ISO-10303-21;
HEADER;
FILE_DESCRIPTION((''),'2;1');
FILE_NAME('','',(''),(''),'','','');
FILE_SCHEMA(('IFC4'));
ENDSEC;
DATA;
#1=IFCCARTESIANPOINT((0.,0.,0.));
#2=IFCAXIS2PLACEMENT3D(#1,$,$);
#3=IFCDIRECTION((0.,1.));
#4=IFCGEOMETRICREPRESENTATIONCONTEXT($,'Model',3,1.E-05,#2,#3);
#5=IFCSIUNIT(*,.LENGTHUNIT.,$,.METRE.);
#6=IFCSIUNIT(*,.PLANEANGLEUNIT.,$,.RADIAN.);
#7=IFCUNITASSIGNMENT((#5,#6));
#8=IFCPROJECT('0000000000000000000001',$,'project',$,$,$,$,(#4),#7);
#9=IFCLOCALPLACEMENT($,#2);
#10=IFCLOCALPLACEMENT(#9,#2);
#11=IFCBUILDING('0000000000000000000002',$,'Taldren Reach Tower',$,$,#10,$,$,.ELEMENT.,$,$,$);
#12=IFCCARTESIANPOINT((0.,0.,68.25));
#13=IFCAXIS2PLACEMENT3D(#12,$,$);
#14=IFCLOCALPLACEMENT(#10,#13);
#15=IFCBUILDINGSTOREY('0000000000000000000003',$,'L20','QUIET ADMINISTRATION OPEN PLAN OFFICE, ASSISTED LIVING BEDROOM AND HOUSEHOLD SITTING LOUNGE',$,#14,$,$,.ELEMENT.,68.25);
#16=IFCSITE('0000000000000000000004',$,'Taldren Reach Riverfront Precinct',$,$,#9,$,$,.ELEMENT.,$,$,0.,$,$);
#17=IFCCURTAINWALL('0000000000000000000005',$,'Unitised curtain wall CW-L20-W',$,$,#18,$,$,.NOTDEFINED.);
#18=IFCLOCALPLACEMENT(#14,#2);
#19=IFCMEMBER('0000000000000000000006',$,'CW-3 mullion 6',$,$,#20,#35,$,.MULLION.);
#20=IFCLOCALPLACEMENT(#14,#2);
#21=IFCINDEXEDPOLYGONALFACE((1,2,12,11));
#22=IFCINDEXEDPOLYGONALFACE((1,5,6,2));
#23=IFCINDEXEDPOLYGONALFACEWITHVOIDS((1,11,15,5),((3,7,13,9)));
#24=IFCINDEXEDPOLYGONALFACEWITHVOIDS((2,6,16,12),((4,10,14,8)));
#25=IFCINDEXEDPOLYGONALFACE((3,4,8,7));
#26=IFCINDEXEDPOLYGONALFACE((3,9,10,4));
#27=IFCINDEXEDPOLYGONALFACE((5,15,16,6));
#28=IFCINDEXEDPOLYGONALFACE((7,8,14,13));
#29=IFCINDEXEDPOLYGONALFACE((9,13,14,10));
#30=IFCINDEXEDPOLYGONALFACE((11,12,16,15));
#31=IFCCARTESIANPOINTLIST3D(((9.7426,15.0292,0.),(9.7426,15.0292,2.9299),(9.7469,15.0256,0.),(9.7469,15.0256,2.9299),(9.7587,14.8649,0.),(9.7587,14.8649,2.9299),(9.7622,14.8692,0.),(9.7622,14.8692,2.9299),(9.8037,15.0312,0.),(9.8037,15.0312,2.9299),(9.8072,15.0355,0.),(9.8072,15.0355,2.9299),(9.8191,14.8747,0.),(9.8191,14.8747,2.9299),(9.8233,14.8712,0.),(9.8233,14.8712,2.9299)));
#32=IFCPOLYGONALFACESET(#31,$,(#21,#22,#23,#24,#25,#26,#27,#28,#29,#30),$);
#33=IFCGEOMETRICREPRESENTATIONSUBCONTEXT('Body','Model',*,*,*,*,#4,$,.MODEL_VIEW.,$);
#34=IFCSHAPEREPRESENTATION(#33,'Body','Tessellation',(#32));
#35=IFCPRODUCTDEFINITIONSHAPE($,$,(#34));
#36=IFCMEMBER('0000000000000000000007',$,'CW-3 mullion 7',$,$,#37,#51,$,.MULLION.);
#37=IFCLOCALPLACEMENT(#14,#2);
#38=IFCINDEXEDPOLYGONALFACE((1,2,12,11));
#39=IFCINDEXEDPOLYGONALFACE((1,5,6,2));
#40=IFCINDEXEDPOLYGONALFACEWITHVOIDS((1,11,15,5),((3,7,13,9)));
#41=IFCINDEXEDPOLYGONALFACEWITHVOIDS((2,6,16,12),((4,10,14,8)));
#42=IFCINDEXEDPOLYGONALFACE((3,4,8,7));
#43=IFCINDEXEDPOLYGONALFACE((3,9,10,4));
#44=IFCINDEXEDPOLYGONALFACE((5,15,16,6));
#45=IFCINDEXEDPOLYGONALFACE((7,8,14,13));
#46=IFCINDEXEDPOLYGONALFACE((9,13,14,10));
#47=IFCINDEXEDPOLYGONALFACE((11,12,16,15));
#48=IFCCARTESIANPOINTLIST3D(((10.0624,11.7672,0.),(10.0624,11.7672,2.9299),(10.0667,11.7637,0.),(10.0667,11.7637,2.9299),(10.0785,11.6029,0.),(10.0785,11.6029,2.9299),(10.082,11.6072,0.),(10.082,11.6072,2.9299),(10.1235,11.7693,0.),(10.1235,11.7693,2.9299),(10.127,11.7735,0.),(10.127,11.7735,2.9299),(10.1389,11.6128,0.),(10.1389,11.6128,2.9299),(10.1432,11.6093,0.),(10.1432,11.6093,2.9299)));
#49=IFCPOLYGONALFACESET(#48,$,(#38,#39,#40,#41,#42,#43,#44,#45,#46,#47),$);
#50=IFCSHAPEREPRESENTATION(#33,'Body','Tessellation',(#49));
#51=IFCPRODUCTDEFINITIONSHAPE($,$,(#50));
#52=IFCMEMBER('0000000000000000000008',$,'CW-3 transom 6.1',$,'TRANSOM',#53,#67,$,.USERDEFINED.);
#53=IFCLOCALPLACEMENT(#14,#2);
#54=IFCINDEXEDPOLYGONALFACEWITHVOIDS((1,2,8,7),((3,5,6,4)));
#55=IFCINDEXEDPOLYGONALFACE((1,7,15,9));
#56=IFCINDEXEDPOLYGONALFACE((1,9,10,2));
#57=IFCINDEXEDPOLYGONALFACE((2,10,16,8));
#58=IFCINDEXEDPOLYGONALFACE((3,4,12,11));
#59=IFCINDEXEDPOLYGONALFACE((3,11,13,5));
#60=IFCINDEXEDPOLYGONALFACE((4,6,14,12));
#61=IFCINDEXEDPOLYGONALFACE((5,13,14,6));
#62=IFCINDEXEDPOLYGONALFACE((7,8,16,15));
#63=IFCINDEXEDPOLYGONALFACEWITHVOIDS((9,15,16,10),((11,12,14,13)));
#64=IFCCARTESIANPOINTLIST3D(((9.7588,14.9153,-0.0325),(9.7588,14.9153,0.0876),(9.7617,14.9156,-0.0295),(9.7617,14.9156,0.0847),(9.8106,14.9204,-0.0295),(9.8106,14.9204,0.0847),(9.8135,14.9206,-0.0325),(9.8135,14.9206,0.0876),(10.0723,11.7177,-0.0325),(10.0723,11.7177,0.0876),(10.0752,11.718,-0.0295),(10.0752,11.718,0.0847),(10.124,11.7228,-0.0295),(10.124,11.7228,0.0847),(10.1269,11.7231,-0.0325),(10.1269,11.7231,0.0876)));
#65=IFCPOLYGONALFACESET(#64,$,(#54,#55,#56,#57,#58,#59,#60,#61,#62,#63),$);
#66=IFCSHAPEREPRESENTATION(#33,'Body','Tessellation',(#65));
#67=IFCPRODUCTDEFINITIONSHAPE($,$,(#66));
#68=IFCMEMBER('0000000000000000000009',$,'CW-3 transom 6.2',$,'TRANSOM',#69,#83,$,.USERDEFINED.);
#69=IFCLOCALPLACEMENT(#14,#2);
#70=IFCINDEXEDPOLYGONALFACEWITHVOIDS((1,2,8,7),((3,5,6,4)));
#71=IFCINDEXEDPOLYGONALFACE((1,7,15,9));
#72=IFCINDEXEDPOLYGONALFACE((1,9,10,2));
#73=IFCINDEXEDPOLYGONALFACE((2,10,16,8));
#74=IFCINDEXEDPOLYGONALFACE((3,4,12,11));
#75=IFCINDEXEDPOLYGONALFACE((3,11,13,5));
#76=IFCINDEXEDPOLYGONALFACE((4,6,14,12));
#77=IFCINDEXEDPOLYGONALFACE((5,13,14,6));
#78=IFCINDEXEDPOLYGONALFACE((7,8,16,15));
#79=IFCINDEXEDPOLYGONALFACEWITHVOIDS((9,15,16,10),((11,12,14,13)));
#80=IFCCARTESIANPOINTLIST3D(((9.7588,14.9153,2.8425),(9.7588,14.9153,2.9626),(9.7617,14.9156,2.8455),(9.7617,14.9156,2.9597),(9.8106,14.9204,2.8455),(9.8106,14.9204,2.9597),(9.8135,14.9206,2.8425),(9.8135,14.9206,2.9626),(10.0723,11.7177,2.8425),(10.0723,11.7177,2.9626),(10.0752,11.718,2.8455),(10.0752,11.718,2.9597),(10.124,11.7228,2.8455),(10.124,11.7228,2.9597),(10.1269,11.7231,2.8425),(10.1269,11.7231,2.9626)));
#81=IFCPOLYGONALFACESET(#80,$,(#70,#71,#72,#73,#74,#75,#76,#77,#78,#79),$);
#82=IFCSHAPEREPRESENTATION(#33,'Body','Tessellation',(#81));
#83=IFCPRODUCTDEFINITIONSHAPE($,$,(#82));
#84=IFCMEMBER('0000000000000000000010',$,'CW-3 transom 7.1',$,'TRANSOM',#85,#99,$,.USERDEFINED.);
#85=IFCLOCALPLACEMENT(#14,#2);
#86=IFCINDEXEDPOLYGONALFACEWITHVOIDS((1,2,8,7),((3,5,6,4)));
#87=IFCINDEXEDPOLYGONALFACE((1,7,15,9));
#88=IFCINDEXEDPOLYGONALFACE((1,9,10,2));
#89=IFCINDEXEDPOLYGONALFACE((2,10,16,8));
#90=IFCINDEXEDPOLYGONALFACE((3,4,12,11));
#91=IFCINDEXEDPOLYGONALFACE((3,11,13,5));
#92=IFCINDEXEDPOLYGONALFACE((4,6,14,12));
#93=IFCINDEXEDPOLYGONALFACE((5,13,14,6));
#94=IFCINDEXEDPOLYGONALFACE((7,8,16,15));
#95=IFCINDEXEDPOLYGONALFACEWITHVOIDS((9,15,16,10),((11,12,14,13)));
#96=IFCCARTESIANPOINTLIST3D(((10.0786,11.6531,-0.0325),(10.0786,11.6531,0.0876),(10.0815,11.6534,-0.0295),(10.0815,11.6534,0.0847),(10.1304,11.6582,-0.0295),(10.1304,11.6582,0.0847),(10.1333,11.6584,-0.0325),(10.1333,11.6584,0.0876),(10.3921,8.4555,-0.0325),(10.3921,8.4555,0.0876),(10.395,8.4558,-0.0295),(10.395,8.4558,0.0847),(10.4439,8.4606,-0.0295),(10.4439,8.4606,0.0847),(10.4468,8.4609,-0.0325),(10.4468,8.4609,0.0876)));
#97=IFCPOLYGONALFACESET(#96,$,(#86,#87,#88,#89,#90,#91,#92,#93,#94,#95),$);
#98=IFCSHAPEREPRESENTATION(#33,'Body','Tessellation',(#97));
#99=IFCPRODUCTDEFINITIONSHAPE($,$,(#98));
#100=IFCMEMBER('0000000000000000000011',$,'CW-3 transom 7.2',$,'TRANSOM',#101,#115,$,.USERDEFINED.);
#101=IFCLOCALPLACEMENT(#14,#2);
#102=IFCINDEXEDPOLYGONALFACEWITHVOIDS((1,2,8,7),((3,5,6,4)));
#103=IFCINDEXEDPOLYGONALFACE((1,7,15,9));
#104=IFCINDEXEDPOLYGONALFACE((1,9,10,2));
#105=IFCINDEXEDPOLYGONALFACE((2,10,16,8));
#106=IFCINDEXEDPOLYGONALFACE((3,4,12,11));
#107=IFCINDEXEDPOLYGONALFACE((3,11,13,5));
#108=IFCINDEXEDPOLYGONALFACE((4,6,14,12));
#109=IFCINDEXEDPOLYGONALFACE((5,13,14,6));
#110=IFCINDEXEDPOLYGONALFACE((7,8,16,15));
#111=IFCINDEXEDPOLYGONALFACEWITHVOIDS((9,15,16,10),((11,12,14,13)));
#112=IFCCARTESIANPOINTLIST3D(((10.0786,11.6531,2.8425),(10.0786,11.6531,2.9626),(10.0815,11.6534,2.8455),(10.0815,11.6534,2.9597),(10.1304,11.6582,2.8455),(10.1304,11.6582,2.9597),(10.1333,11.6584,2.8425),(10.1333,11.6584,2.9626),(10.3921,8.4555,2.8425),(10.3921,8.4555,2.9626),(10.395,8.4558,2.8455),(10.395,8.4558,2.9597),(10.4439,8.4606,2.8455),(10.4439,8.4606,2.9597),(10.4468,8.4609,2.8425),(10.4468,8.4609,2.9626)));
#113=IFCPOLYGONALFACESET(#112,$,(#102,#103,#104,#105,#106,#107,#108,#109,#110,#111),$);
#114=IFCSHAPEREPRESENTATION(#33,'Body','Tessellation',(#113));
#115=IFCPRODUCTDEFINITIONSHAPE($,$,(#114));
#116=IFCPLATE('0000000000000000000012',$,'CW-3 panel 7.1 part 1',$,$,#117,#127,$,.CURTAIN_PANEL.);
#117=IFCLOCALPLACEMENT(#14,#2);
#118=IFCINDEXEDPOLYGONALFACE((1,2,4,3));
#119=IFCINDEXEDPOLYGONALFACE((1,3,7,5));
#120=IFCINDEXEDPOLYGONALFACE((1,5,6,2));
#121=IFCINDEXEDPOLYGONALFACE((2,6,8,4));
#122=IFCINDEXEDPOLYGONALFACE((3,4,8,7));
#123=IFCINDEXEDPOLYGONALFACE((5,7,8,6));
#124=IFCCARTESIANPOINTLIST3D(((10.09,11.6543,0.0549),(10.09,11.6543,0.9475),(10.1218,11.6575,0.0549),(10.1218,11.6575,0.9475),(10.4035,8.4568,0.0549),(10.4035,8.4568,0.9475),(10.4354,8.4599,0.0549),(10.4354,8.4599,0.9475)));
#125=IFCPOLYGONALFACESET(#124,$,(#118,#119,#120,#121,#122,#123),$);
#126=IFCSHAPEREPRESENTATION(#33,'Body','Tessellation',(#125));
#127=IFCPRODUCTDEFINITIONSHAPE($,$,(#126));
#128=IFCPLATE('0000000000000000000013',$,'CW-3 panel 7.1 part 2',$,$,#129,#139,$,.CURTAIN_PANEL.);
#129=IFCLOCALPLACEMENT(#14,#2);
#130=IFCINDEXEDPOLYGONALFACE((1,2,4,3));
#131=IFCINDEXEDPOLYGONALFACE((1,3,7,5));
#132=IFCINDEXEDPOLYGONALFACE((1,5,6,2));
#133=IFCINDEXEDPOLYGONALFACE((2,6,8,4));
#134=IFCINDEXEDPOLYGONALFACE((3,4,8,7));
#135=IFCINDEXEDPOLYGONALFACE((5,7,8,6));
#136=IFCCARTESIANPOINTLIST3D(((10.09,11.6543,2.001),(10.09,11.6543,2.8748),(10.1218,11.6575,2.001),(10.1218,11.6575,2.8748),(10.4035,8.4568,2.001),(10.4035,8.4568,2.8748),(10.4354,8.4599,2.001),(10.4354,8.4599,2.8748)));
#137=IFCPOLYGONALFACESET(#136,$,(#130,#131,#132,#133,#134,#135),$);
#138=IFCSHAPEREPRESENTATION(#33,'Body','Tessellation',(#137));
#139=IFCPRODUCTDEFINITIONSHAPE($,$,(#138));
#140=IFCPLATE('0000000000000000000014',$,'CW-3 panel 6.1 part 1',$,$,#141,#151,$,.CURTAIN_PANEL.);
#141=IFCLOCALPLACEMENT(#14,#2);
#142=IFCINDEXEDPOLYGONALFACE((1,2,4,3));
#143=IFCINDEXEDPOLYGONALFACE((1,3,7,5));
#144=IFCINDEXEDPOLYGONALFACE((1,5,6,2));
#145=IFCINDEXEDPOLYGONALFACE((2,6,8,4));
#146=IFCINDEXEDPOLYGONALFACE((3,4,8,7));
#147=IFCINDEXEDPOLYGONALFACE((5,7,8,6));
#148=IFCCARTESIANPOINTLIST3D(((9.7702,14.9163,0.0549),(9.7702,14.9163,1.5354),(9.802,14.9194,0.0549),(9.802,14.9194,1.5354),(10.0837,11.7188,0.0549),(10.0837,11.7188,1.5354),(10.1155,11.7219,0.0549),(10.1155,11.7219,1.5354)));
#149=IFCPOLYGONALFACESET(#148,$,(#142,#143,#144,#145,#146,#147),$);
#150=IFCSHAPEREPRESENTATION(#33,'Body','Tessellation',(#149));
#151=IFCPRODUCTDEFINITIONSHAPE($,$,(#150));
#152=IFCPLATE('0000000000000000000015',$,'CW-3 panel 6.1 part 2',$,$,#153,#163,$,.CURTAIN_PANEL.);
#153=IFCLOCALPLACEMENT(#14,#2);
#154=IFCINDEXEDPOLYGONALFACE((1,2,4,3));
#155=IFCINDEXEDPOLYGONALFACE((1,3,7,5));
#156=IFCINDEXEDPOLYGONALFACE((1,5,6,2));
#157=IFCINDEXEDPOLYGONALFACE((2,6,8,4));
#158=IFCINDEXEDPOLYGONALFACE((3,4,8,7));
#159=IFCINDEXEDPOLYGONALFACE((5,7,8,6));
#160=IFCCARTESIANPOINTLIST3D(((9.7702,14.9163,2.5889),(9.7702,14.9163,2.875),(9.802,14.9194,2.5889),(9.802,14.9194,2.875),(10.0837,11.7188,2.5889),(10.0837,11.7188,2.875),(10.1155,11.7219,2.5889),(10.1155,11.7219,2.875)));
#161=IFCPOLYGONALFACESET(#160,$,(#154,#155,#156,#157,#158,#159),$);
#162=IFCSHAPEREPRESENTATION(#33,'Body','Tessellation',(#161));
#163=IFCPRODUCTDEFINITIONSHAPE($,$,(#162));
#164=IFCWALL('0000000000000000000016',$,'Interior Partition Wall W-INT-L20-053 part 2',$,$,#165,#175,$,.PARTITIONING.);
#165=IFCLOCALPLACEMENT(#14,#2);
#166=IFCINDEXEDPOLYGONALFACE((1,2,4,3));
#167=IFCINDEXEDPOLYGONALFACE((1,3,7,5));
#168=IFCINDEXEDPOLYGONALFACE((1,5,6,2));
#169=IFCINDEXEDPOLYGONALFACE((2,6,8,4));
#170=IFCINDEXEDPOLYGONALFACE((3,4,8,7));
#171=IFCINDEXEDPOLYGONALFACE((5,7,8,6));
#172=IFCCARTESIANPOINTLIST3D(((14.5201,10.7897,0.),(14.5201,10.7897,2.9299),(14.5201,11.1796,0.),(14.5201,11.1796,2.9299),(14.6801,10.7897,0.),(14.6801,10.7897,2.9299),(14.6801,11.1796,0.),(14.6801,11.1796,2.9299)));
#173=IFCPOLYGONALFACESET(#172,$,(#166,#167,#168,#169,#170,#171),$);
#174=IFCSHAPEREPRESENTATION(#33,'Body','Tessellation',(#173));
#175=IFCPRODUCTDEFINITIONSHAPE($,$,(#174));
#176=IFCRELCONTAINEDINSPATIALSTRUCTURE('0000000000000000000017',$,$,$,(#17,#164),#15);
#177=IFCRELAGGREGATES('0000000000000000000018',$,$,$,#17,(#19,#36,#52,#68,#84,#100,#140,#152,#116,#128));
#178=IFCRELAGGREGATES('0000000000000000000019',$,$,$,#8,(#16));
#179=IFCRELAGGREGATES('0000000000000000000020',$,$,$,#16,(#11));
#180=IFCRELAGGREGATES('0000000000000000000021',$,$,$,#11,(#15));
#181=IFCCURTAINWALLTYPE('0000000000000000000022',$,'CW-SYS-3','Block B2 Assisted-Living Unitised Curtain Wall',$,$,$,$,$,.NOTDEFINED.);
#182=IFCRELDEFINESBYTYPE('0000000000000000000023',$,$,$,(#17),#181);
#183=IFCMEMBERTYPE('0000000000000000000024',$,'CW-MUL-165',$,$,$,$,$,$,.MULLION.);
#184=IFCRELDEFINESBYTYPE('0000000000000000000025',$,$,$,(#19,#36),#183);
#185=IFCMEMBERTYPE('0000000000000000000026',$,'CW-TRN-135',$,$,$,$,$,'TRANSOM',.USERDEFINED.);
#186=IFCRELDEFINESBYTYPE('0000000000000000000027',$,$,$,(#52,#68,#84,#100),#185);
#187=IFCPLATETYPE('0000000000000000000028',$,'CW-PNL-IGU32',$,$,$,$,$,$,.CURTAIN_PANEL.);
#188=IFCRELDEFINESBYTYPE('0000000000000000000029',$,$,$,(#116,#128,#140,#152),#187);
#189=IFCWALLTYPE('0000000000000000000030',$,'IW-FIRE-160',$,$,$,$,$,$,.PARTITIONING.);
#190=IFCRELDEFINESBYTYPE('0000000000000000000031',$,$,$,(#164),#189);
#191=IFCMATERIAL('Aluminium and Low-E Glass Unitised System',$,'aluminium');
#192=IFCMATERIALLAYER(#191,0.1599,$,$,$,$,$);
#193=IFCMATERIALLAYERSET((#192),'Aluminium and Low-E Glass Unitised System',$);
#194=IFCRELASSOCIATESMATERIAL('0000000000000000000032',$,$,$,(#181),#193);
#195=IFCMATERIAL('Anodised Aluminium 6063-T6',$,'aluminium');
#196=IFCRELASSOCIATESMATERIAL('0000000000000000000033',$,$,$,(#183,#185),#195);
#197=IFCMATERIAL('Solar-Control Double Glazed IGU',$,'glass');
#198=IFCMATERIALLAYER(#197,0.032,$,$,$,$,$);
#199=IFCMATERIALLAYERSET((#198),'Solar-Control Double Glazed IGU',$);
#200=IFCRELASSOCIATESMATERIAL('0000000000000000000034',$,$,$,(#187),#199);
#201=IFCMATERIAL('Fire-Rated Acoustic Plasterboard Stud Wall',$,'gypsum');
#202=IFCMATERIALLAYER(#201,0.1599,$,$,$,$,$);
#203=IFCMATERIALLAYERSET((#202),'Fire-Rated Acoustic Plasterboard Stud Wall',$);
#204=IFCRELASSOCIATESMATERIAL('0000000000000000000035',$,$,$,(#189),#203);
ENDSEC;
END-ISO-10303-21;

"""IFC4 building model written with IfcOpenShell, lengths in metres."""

from ifc_helpers import new_model, si_unit, direction, frame, frame_2d, origin, origin_2d, place, context, subcontext, project, spatial, rectangle, hollow_rectangle, extrude, source, transform, mapped, material, layer, layer_set, material_profile, profile_set, type_object, element, aggregate, save


model = new_model("IFC4")

# Units and contexts
model_context = context("Model", 3, precision=1e-05, world=origin(), true_north=direction((0.0, 1.0)))
body_context = subcontext(model_context, "Body", "Model", "MODEL_VIEW")
ifc_project = project(units=[si_unit("LENGTHUNIT", "METRE"), si_unit("PLANEANGLEUNIT", "RADIAN")], contexts=[model_context])

# Site, building, storey
site_placement = place(None, origin())
site = spatial("IfcSite", under=ifc_project, at=site_placement, Name="Taldren Reach Riverfront Precinct", CompositionType="ELEMENT", RefElevation=0.0)
building_placement = place(site_placement, origin())
building = spatial("IfcBuilding", under=site, at=building_placement, Name="Taldren Reach Tower", CompositionType="ELEMENT")
storey_placement = place(building_placement, frame((0.0, 0.0, 68.25)))
storey = spatial("IfcBuildingStorey", under=building, at=storey_placement, Name="L20", Description="QUIET ADMINISTRATION OPEN PLAN OFFICE, ASSISTED LIVING BEDROOM AND HOUSEHOLD SITTING LOUNGE", CompositionType="ELEMENT", Elevation=68.25)

# Curtain wall, members, plates
ifc_material_1 = material(Name="Aluminium and Low-E Glass Unitised System", Category="aluminium")
ifc_layer_1 = layer(ifc_material_1, 0.1599)
ifc_layer_set_1 = layer_set([ifc_layer_1], Name="Aluminium and Low-E Glass Unitised System")
curtain_wall_type = type_object("IfcCurtainWallType", Name="CW-SYS-3", Description="Block B2 Assisted-Living Unitised Curtain Wall", PredefinedType="NOTDEFINED", material=ifc_layer_set_1)
curtain_wall_placement = place(storey_placement, origin())
curtain_wall = element("IfcCurtainWall", 1, at=curtain_wall_placement, inside=storey, type_object=curtain_wall_type, Name="Unitised curtain wall CW-L20-W", PredefinedType="NOTDEFINED")
ifc_material_2 = material(Name="Anodised Aluminium 6063-T6", Category="aluminium")
ifc_material_profile_1 = material_profile(ifc_material_2, hollow_rectangle(XDim=0.0649, YDim=0.165, WallThickness=0.0039, at=origin_2d()), Name="ALU-165x65x4RHS")
ifc_profile_set_1 = profile_set([ifc_material_profile_1], Name="Anodised Aluminium 6063-T6")
member_type_1 = type_object("IfcMemberType", Name="CW-MUL-165", PredefinedType="MULLION", material=ifc_profile_set_1)
shared_shape_1 = source(origin(), body_context, "Body", "SweptSolid", [
    extrude(hollow_rectangle(XDim=0.0649, YDim=0.165, WallThickness=0.0039, at=origin_2d()), origin(), (0.0, 0.0, 1.0), 2.9299),
])
member_1_placement = place(storey_placement, frame((9.783, 14.9502, 0.0), z_axis=(0.0, 0.0, 1.0), x_axis=(0.995227, 0.097583, 0.0)))
member_1 = element("IfcMember", 2, at=member_1_placement, type_object=member_type_1, Name="CW-3 mullion 6", PredefinedType="MULLION", context=body_context, shape_type="MappedRepresentation", body=[
    mapped(shared_shape_1, transform((0.0, 0.0, 0.0), scale=1.0)),
])
member_2_placement = place(storey_placement, frame((10.1028, 11.6882, 0.0), z_axis=(0.0, 0.0, 1.0), x_axis=(0.995227, 0.097583, 0.0)))
member_2 = element("IfcMember", 3, at=member_2_placement, type_object=member_type_1, Name="CW-3 mullion 7", PredefinedType="MULLION", context=body_context, shape_type="MappedRepresentation", body=[
    mapped(shared_shape_1, transform((0.0, 0.0, 0.0), scale=1.0)),
])
ifc_material_profile_2 = material_profile(ifc_material_2, hollow_rectangle(XDim=0.0549, YDim=0.1201, WallThickness=0.0029, at=origin_2d()), Name="ALU-120x55x3RHS")
ifc_profile_set_2 = profile_set([ifc_material_profile_2], Name="Anodised Aluminium 6063-T6")
member_type_2 = type_object("IfcMemberType", Name="CW-TRN-135", ElementType="TRANSOM", PredefinedType="USERDEFINED", material=ifc_profile_set_2)
shared_shape_2 = source(origin(), body_context, "Body", "SweptSolid", [
    extrude(hollow_rectangle(XDim=0.0549, YDim=0.1201, WallThickness=0.0029, at=origin_2d()), origin(), (0.0, 0.0, 1.0), 3.2129),
])
member_3_placement = place(storey_placement, frame((9.7861, 14.918, 0.0276), z_axis=(0.09757, -0.995229, 0.0), x_axis=(0.995229, 0.09757, 0.0)))
member_3 = element("IfcMember", 4, at=member_3_placement, type_object=member_type_2, Name="CW-3 transom 6.1", ObjectType="TRANSOM", PredefinedType="USERDEFINED", context=body_context, shape_type="MappedRepresentation", body=[
    mapped(shared_shape_2, transform((0.0, 0.0, 0.0), scale=1.0)),
])
member_4_placement = place(storey_placement, frame((9.7861, 14.918, 2.9026), z_axis=(0.09757, -0.995229, 0.0), x_axis=(0.995229, 0.09757, 0.0)))
member_4 = element("IfcMember", 5, at=member_4_placement, type_object=member_type_2, Name="CW-3 transom 6.2", ObjectType="TRANSOM", PredefinedType="USERDEFINED", context=body_context, shape_type="MappedRepresentation", body=[
    mapped(shared_shape_2, transform((0.0, 0.0, 0.0), scale=1.0)),
])
member_5_placement = place(storey_placement, frame((10.106, 11.6558, 0.0276), z_axis=(0.09757, -0.995229, 0.0), x_axis=(0.995229, 0.09757, 0.0)))
member_5 = element("IfcMember", 6, at=member_5_placement, type_object=member_type_2, Name="CW-3 transom 7.1", ObjectType="TRANSOM", PredefinedType="USERDEFINED", context=body_context, shape_type="MappedRepresentation", body=[
    mapped(shared_shape_2, transform((0.0, 0.0, 0.0), scale=1.0)),
])
member_6_placement = place(storey_placement, frame((10.106, 11.6558, 2.9026), z_axis=(0.09757, -0.995229, 0.0), x_axis=(0.995229, 0.09757, 0.0)))
member_6 = element("IfcMember", 7, at=member_6_placement, type_object=member_type_2, Name="CW-3 transom 7.2", ObjectType="TRANSOM", PredefinedType="USERDEFINED", context=body_context, shape_type="MappedRepresentation", body=[
    mapped(shared_shape_2, transform((0.0, 0.0, 0.0), scale=1.0)),
])
ifc_material_3 = material(Name="Solar-Control Double Glazed IGU", Category="glass")
ifc_layer_2 = layer(ifc_material_3, 0.032)
ifc_layer_set_2 = layer_set([ifc_layer_2], Name="Solar-Control Double Glazed IGU")
plate_type = type_object("IfcPlateType", Name="CW-PNL-IGU32", PredefinedType="CURTAIN_PANEL", material=ifc_layer_set_2)
shared_shape_3 = source(origin(), body_context, "Body", "SweptSolid", [
    extrude(rectangle(XDim=3.2129, YDim=0.032, at=origin_2d()), origin(), (0.0, 0.0, 1.0), 0.8926),
])
plate_1_placement = place(storey_placement, frame((10.2627, 10.0571, 0.0549), z_axis=(0.0, 0.0, 1.0), x_axis=(0.097583, -0.995227, 0.0)))
plate_1 = element("IfcPlate", 8, at=plate_1_placement, type_object=plate_type, Name="CW-3 panel 7.1 part 1", PredefinedType="CURTAIN_PANEL", context=body_context, shape_type="MappedRepresentation", body=[
    mapped(shared_shape_3, transform((0.0, 0.0, 0.0), scale=1.0)),
])
shared_shape_4 = source(origin(), body_context, "Body", "SweptSolid", [
    extrude(rectangle(XDim=3.2129, YDim=0.032, at=origin_2d()), origin(), (0.0, 0.0, 1.0), 0.8738),
])
plate_2_placement = place(storey_placement, frame((10.2627, 10.0571, 2.001), z_axis=(0.0, 0.0, 1.0), x_axis=(0.097583, -0.995227, 0.0)))
plate_2 = element("IfcPlate", 9, at=plate_2_placement, type_object=plate_type, Name="CW-3 panel 7.1 part 2", PredefinedType="CURTAIN_PANEL", context=body_context, shape_type="MappedRepresentation", body=[
    mapped(shared_shape_4, transform((0.0, 0.0, 0.0), scale=1.0)),
])
shared_shape_5 = source(origin(), body_context, "Body", "SweptSolid", [
    extrude(rectangle(XDim=3.2129, YDim=0.032, at=origin_2d()), origin(), (0.0, 0.0, 1.0), 1.4805),
])
plate_3_placement = place(storey_placement, frame((9.9429, 13.3191, 0.0549), z_axis=(0.0, 0.0, 1.0), x_axis=(0.097583, -0.995227, 0.0)))
plate_3 = element("IfcPlate", 10, at=plate_3_placement, type_object=plate_type, Name="CW-3 panel 6.1 part 1", PredefinedType="CURTAIN_PANEL", context=body_context, shape_type="MappedRepresentation", body=[
    mapped(shared_shape_5, transform((0.0, 0.0, 0.0), scale=1.0)),
])
shared_shape_6 = source(origin(), body_context, "Body", "SweptSolid", [
    extrude(rectangle(XDim=3.2129, YDim=0.032, at=origin_2d()), origin(), (0.0, 0.0, 1.0), 0.2861),
])
plate_4_placement = place(storey_placement, frame((9.9429, 13.3191, 2.5889), z_axis=(0.0, 0.0, 1.0), x_axis=(0.097583, -0.995227, 0.0)))
plate_4 = element("IfcPlate", 11, at=plate_4_placement, type_object=plate_type, Name="CW-3 panel 6.1 part 2", PredefinedType="CURTAIN_PANEL", context=body_context, shape_type="MappedRepresentation", body=[
    mapped(shared_shape_6, transform((0.0, 0.0, 0.0), scale=1.0)),
])
aggregate(curtain_wall, [member_1, member_2, member_3, member_4, member_5, member_6, plate_3, plate_4, plate_1, plate_2])

# Wall
ifc_material_4 = material(Name="Fire-Rated Acoustic Plasterboard Stud Wall", Category="gypsum")
ifc_layer_3 = layer(ifc_material_4, 0.1599)
ifc_layer_set_3 = layer_set([ifc_layer_3], Name="Fire-Rated Acoustic Plasterboard Stud Wall")
wall_type_1 = type_object("IfcWallType", Name="IW-FIRE-160", PredefinedType="PARTITIONING", material=ifc_layer_set_3)
shared_shape_7 = source(origin(), body_context, "Body", "SweptSolid", [
    extrude(rectangle(XDim=0.3899, YDim=0.1599, at=frame_2d((0.1948, 0.0))), origin(), (0.0, 0.0, 1.0), 2.9299),
])
wall_1_placement = place(storey_placement, frame((14.6001, 10.7898, 0.0), z_axis=(0.0, 0.0, 1.0), x_axis=(0.0, 1.0, 0.0)))
element("IfcWall", 12, at=wall_1_placement, inside=storey, type_object=wall_type_1, Name="Interior Partition Wall W-INT-L20-053 part 2", PredefinedType="PARTITIONING", context=body_context, shape_type="MappedRepresentation", body=[
    mapped(shared_shape_7, transform((0.0, 0.0, 0.0), scale=1.0)),
])

save(model, "model.ifc")
